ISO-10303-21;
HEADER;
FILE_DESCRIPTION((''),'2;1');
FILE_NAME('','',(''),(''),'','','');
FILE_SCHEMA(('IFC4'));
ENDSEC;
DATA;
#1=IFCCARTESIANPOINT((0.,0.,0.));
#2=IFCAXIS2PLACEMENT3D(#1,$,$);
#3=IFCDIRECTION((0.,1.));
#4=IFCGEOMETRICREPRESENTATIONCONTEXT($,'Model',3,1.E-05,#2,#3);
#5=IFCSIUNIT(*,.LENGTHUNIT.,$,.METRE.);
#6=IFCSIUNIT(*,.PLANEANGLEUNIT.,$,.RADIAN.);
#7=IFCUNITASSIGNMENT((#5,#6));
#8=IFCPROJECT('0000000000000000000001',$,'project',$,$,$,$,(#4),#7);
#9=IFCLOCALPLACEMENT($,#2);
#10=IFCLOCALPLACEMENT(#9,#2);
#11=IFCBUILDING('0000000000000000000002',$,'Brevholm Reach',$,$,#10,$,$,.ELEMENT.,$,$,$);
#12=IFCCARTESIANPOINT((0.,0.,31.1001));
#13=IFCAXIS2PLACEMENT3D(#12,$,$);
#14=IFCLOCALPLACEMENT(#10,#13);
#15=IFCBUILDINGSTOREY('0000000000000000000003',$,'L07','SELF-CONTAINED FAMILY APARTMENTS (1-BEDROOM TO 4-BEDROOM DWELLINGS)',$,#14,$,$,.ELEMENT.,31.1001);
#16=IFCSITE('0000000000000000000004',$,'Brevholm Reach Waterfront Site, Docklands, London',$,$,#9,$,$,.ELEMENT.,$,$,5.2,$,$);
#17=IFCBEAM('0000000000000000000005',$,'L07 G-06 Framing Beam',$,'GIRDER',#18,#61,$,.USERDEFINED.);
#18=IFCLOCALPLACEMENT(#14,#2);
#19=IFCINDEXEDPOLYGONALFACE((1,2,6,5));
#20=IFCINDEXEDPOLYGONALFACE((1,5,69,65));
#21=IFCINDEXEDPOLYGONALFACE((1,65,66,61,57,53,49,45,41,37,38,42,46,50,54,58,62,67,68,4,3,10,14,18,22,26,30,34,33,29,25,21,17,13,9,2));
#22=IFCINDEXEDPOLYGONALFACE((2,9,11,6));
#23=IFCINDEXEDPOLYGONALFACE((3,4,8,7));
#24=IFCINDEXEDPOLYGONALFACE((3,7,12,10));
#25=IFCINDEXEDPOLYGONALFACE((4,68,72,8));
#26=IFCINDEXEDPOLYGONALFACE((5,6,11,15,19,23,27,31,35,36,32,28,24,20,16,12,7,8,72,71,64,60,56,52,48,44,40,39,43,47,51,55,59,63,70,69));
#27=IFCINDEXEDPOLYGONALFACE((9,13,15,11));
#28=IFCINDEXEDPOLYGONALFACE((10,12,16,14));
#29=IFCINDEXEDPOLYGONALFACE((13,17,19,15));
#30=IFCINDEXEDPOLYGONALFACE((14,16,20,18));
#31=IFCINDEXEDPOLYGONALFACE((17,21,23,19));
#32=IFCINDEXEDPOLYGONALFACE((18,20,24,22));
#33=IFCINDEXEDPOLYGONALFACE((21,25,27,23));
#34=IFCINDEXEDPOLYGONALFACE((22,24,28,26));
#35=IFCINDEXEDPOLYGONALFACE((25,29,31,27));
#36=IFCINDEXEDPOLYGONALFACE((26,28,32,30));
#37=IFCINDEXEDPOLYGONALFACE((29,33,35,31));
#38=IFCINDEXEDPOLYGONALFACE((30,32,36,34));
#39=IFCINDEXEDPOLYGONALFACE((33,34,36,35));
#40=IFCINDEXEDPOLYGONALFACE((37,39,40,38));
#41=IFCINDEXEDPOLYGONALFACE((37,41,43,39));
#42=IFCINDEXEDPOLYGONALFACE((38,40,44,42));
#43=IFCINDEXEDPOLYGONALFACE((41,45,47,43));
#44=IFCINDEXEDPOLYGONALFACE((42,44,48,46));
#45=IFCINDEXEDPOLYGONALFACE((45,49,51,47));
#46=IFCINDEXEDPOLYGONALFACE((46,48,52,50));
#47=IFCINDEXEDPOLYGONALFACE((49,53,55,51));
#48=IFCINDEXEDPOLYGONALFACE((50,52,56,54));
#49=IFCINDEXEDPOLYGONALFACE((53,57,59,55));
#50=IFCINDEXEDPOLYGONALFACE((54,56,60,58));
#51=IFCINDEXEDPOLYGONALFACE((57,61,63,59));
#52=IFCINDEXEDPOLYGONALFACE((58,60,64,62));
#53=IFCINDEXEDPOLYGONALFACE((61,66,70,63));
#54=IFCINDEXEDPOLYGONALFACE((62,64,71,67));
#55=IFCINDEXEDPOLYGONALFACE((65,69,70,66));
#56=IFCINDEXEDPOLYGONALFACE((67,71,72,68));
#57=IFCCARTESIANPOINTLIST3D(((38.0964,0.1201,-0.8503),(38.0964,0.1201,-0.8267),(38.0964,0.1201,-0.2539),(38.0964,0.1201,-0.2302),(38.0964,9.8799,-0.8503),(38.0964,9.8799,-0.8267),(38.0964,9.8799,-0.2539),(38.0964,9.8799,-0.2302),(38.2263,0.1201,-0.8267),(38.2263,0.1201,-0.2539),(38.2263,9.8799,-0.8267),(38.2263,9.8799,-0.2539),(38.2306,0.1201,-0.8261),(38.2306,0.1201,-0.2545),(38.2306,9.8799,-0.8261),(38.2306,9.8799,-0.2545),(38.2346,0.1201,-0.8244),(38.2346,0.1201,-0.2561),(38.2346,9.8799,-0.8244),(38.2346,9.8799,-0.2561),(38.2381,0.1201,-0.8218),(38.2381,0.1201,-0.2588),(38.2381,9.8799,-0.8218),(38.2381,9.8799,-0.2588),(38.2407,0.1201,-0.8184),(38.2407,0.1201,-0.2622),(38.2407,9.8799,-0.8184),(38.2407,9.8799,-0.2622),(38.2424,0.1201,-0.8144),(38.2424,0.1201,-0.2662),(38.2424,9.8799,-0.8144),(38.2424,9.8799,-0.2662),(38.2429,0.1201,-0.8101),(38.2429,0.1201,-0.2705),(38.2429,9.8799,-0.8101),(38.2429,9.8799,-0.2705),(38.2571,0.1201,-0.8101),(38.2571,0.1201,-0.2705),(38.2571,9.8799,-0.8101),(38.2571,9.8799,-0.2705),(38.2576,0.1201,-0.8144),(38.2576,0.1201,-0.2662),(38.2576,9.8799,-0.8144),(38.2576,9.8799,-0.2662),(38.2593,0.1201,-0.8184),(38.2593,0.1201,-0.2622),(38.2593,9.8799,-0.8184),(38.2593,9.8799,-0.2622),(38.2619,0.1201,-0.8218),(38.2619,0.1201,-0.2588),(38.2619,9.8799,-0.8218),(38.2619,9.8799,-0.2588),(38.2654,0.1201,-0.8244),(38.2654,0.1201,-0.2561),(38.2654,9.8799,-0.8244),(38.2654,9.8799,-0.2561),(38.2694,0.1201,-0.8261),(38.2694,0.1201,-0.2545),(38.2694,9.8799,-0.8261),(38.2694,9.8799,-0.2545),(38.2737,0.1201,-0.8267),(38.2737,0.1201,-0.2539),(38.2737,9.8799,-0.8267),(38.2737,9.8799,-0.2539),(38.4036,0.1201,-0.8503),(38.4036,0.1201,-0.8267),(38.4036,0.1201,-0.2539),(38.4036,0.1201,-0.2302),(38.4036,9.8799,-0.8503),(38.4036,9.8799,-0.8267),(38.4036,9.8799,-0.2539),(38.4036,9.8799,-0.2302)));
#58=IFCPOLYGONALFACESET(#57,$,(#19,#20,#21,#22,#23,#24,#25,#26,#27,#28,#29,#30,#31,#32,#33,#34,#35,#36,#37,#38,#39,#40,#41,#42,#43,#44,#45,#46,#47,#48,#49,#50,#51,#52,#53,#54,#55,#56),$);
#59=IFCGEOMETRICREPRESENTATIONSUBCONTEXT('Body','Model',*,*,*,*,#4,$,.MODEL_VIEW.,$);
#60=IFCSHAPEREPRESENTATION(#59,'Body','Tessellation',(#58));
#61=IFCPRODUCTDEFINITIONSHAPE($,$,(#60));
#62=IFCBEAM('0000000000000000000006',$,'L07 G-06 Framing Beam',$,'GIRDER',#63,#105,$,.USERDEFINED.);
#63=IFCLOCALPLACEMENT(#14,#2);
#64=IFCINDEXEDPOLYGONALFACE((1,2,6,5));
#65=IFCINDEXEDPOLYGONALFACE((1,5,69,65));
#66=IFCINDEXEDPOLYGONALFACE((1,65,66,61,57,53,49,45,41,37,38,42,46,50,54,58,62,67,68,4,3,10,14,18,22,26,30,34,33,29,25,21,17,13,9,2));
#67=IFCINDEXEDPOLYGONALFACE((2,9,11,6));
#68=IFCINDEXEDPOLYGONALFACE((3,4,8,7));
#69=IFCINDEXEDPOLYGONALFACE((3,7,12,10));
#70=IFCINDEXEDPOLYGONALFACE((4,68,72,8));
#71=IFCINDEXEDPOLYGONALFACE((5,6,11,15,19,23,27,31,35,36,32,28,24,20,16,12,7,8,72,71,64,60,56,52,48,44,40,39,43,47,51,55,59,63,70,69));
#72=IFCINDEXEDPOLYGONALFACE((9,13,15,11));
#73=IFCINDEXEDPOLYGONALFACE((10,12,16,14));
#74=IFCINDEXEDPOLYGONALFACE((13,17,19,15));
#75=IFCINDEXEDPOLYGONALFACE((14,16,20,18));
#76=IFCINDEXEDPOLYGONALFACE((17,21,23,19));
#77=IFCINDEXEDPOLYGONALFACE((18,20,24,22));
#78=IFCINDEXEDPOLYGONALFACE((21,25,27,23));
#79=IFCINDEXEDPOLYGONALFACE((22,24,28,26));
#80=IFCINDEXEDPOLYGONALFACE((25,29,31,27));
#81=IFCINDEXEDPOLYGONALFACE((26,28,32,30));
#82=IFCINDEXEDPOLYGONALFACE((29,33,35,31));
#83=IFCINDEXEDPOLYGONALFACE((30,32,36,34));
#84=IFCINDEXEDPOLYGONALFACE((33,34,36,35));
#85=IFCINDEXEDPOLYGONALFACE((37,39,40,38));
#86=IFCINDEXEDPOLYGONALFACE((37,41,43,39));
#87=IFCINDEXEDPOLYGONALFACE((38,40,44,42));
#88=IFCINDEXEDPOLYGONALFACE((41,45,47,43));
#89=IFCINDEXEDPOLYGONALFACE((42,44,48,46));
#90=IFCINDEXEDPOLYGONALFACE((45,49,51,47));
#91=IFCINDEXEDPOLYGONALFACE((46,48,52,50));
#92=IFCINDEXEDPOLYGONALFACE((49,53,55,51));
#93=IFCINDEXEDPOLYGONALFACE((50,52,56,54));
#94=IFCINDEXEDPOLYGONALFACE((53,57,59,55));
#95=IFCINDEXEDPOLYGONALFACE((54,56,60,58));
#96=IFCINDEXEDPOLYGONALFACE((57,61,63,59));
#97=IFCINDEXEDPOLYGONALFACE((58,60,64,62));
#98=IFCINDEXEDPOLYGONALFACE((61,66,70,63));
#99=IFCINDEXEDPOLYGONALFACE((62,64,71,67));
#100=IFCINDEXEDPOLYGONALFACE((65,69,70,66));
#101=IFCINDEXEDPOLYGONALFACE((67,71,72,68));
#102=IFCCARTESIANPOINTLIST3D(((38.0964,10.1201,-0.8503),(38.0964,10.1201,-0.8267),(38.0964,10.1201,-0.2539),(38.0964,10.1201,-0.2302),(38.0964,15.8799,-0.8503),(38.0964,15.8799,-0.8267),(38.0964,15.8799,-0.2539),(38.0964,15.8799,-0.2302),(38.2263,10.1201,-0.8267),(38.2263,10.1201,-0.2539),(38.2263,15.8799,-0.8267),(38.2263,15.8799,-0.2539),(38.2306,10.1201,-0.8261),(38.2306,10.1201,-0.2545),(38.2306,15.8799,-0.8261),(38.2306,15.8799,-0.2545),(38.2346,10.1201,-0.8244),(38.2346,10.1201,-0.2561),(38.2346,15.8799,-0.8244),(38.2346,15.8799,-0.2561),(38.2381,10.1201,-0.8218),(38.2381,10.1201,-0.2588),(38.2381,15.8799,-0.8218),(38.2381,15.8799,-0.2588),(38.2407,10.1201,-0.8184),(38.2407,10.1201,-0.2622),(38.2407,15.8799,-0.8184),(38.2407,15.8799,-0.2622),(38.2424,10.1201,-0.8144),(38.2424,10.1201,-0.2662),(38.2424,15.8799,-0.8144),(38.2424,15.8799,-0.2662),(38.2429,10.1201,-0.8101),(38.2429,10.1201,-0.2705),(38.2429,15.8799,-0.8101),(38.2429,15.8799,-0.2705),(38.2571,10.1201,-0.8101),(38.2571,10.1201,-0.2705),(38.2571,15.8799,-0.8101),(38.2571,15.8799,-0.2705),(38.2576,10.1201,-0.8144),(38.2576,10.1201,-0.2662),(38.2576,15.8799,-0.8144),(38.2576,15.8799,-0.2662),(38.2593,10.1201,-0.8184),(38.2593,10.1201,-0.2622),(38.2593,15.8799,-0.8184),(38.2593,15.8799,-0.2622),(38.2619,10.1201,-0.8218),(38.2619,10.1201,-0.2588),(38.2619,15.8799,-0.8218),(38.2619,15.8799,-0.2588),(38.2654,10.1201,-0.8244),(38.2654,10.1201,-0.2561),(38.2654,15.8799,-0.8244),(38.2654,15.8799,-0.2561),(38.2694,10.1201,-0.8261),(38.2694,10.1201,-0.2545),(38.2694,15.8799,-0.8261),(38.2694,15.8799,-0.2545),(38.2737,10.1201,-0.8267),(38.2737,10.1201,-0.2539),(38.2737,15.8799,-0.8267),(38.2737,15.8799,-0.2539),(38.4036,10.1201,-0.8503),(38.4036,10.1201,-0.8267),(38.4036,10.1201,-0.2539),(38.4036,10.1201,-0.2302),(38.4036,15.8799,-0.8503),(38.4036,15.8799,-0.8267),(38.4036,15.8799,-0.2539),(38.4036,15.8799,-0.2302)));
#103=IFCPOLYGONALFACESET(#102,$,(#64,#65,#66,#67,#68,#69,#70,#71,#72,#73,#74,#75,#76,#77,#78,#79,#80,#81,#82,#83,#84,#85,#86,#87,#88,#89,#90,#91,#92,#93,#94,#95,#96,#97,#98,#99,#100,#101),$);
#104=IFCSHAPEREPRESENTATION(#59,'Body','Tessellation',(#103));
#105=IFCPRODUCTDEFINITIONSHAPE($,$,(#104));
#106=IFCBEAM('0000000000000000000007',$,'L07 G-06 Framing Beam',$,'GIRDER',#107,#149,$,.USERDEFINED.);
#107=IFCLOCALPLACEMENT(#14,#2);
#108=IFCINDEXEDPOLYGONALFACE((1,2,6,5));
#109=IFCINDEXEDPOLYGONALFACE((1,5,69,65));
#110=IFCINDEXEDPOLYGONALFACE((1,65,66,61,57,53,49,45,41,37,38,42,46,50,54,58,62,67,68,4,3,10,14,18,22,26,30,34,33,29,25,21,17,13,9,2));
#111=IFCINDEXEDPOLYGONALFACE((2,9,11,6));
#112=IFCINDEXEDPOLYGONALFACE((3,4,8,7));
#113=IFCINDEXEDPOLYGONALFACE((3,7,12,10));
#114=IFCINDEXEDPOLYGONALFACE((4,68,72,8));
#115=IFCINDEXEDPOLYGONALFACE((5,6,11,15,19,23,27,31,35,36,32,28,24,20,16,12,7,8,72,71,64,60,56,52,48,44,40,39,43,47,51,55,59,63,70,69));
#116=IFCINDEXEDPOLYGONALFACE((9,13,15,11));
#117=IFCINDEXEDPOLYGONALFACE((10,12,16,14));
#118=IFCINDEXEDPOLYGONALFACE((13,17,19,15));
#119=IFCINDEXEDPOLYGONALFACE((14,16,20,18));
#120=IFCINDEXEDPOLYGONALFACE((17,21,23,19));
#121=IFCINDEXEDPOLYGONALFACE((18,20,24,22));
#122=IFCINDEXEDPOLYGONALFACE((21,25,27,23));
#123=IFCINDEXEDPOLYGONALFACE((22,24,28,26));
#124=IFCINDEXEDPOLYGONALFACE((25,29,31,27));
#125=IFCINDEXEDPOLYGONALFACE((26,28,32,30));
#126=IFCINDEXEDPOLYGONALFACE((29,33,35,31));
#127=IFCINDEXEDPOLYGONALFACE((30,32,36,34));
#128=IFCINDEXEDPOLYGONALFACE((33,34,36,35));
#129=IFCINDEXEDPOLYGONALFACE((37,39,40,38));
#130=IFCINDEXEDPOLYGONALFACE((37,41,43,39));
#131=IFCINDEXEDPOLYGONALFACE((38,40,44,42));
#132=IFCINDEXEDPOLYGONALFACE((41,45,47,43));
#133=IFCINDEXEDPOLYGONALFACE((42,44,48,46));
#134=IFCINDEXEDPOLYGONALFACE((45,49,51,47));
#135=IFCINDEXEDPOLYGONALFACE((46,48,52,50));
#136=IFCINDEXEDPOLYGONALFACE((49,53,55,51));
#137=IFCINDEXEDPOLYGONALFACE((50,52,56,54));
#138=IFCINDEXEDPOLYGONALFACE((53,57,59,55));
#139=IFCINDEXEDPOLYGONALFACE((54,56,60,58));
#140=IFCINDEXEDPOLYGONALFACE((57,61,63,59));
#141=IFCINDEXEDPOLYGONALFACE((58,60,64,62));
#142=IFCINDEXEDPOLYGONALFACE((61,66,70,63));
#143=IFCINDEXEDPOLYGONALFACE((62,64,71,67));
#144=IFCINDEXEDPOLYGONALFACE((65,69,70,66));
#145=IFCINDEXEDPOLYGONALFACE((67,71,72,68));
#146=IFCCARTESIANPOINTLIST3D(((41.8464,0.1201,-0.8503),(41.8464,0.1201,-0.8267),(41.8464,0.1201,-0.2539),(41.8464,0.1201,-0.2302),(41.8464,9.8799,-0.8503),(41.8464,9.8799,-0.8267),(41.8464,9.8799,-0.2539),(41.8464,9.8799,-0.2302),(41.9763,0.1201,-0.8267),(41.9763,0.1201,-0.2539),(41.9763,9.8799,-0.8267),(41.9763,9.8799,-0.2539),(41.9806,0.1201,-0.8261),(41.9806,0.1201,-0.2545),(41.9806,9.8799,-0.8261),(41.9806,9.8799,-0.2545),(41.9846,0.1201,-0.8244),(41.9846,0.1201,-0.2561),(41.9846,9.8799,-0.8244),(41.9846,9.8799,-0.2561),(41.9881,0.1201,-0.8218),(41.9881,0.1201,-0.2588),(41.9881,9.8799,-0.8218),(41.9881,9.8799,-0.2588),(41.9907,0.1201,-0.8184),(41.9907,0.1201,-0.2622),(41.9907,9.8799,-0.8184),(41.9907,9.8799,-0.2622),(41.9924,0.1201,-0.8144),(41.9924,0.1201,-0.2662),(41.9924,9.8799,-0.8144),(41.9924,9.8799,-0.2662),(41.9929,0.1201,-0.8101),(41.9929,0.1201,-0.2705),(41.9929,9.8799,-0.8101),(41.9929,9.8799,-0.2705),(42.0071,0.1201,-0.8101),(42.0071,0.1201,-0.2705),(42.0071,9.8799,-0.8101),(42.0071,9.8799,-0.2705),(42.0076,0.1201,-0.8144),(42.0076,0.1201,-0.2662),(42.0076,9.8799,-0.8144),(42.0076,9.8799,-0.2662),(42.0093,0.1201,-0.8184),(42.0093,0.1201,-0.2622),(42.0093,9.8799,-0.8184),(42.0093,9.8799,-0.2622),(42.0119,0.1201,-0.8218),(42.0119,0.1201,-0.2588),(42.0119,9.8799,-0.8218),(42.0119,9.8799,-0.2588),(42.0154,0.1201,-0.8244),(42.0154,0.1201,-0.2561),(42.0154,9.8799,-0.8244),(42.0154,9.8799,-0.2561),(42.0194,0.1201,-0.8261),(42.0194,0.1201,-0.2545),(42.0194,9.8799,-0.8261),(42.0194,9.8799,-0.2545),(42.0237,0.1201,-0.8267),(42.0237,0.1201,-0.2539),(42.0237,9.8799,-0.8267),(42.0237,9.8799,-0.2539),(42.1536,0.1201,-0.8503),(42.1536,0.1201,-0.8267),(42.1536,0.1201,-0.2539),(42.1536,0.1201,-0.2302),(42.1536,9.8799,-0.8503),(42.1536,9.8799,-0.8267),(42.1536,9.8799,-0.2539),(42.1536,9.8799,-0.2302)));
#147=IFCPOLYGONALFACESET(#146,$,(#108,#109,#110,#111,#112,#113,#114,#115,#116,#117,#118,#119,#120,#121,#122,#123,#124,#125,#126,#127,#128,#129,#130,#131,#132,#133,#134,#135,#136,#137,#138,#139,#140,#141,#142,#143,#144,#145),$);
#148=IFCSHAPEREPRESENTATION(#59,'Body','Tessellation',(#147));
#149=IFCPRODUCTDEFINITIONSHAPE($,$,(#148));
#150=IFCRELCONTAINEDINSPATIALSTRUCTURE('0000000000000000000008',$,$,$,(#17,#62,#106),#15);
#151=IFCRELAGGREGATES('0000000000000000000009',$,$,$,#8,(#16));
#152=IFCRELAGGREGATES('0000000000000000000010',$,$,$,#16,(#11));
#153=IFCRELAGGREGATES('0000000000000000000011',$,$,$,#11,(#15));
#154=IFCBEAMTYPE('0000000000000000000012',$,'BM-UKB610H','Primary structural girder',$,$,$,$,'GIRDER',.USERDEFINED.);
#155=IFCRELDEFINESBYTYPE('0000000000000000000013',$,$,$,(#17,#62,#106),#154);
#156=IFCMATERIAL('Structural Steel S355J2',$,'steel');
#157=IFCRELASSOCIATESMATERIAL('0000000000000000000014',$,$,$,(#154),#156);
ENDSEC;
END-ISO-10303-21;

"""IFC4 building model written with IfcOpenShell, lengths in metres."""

from ifc_helpers import new_model, si_unit, direction, frame, origin, origin_2d, place, context, subcontext, project, spatial, i_section, extrude, material, material_profile, profile_set, type_object, element, save


model = new_model("IFC4")

# Units and contexts
model_context = context("Model", 3, precision=1e-05, world=origin(), true_north=direction((0.0, 1.0)))
body_context = subcontext(model_context, "Body", "Model", "MODEL_VIEW")
ifc_project = project(units=[si_unit("LENGTHUNIT", "METRE"), si_unit("PLANEANGLEUNIT", "RADIAN")], contexts=[model_context])

# Site, building, storey
site_placement = place(None, origin())
site = spatial("IfcSite", under=ifc_project, at=site_placement, Name="Brevholm Reach Waterfront Site, Docklands, London", CompositionType="ELEMENT", RefElevation=5.2)
building_placement = place(site_placement, origin())
building = spatial("IfcBuilding", under=site, at=building_placement, Name="Brevholm Reach", CompositionType="ELEMENT")
storey_placement = place(building_placement, frame((0.0, 0.0, 31.1001)))
storey = spatial("IfcBuildingStorey", under=building, at=storey_placement, Name="L07", Description="SELF-CONTAINED FAMILY APARTMENTS (1-BEDROOM TO 4-BEDROOM DWELLINGS)", CompositionType="ELEMENT", Elevation=31.1001)

# Beams
ifc_material_1 = material(Name="Structural Steel S355J2", Category="steel")
ifc_material_profile_1 = material_profile(ifc_material_1, i_section(OverallWidth=0.3071, OverallDepth=0.6201, WebThickness=0.0142, FlangeThickness=0.0237, FilletRadius=0.0166, at=origin_2d()), Name="UKB 610x305x179")
ifc_profile_set_1 = profile_set([ifc_material_profile_1], Name="Structural Steel S355J2")
beam_type_1 = type_object("IfcBeamType", Name="BM-UKB610H", Description="Primary structural girder", ElementType="GIRDER", PredefinedType="USERDEFINED", material=ifc_profile_set_1)
beam_1_placement = place(storey_placement, frame((38.25, 0.1201, -0.5403), z_axis=(0.0, 1.0, 0.0), x_axis=(-1.0, 0.0, 0.0)))
element("IfcBeam", 1, at=beam_1_placement, inside=storey, type_object=beam_type_1, Name="L07 G-06 Framing Beam", ObjectType="GIRDER", PredefinedType="USERDEFINED", context=body_context, shape_type="SweptSolid", body=[
    extrude(i_section(OverallWidth=0.3071, OverallDepth=0.6201, WebThickness=0.0142, FlangeThickness=0.0237, FilletRadius=0.0166, at=origin_2d()), origin(), (0.0, 0.0, 1.0), 9.7598),
])
beam_2_placement = place(storey_placement, frame((38.25, 10.1201, -0.5403), z_axis=(0.0, 1.0, 0.0), x_axis=(-1.0, 0.0, 0.0)))
element("IfcBeam", 2, at=beam_2_placement, inside=storey, type_object=beam_type_1, Name="L07 G-06 Framing Beam", ObjectType="GIRDER", PredefinedType="USERDEFINED", context=body_context, shape_type="SweptSolid", body=[
    extrude(i_section(OverallWidth=0.3071, OverallDepth=0.6201, WebThickness=0.0142, FlangeThickness=0.0237, FilletRadius=0.0166, at=origin_2d()), origin(), (0.0, 0.0, 1.0), 5.7598),
])
beam_3_placement = place(storey_placement, frame((42.0, 0.1201, -0.5403), z_axis=(0.0, 1.0, 0.0), x_axis=(-1.0, 0.0, 0.0)))
element("IfcBeam", 3, at=beam_3_placement, inside=storey, type_object=beam_type_1, Name="L07 G-06 Framing Beam", ObjectType="GIRDER", PredefinedType="USERDEFINED", context=body_context, shape_type="SweptSolid", body=[
    extrude(i_section(OverallWidth=0.3071, OverallDepth=0.6201, WebThickness=0.0142, FlangeThickness=0.0237, FilletRadius=0.0166, at=origin_2d()), origin(), (0.0, 0.0, 1.0), 9.7598),
])

save(model, "model.ifc")
